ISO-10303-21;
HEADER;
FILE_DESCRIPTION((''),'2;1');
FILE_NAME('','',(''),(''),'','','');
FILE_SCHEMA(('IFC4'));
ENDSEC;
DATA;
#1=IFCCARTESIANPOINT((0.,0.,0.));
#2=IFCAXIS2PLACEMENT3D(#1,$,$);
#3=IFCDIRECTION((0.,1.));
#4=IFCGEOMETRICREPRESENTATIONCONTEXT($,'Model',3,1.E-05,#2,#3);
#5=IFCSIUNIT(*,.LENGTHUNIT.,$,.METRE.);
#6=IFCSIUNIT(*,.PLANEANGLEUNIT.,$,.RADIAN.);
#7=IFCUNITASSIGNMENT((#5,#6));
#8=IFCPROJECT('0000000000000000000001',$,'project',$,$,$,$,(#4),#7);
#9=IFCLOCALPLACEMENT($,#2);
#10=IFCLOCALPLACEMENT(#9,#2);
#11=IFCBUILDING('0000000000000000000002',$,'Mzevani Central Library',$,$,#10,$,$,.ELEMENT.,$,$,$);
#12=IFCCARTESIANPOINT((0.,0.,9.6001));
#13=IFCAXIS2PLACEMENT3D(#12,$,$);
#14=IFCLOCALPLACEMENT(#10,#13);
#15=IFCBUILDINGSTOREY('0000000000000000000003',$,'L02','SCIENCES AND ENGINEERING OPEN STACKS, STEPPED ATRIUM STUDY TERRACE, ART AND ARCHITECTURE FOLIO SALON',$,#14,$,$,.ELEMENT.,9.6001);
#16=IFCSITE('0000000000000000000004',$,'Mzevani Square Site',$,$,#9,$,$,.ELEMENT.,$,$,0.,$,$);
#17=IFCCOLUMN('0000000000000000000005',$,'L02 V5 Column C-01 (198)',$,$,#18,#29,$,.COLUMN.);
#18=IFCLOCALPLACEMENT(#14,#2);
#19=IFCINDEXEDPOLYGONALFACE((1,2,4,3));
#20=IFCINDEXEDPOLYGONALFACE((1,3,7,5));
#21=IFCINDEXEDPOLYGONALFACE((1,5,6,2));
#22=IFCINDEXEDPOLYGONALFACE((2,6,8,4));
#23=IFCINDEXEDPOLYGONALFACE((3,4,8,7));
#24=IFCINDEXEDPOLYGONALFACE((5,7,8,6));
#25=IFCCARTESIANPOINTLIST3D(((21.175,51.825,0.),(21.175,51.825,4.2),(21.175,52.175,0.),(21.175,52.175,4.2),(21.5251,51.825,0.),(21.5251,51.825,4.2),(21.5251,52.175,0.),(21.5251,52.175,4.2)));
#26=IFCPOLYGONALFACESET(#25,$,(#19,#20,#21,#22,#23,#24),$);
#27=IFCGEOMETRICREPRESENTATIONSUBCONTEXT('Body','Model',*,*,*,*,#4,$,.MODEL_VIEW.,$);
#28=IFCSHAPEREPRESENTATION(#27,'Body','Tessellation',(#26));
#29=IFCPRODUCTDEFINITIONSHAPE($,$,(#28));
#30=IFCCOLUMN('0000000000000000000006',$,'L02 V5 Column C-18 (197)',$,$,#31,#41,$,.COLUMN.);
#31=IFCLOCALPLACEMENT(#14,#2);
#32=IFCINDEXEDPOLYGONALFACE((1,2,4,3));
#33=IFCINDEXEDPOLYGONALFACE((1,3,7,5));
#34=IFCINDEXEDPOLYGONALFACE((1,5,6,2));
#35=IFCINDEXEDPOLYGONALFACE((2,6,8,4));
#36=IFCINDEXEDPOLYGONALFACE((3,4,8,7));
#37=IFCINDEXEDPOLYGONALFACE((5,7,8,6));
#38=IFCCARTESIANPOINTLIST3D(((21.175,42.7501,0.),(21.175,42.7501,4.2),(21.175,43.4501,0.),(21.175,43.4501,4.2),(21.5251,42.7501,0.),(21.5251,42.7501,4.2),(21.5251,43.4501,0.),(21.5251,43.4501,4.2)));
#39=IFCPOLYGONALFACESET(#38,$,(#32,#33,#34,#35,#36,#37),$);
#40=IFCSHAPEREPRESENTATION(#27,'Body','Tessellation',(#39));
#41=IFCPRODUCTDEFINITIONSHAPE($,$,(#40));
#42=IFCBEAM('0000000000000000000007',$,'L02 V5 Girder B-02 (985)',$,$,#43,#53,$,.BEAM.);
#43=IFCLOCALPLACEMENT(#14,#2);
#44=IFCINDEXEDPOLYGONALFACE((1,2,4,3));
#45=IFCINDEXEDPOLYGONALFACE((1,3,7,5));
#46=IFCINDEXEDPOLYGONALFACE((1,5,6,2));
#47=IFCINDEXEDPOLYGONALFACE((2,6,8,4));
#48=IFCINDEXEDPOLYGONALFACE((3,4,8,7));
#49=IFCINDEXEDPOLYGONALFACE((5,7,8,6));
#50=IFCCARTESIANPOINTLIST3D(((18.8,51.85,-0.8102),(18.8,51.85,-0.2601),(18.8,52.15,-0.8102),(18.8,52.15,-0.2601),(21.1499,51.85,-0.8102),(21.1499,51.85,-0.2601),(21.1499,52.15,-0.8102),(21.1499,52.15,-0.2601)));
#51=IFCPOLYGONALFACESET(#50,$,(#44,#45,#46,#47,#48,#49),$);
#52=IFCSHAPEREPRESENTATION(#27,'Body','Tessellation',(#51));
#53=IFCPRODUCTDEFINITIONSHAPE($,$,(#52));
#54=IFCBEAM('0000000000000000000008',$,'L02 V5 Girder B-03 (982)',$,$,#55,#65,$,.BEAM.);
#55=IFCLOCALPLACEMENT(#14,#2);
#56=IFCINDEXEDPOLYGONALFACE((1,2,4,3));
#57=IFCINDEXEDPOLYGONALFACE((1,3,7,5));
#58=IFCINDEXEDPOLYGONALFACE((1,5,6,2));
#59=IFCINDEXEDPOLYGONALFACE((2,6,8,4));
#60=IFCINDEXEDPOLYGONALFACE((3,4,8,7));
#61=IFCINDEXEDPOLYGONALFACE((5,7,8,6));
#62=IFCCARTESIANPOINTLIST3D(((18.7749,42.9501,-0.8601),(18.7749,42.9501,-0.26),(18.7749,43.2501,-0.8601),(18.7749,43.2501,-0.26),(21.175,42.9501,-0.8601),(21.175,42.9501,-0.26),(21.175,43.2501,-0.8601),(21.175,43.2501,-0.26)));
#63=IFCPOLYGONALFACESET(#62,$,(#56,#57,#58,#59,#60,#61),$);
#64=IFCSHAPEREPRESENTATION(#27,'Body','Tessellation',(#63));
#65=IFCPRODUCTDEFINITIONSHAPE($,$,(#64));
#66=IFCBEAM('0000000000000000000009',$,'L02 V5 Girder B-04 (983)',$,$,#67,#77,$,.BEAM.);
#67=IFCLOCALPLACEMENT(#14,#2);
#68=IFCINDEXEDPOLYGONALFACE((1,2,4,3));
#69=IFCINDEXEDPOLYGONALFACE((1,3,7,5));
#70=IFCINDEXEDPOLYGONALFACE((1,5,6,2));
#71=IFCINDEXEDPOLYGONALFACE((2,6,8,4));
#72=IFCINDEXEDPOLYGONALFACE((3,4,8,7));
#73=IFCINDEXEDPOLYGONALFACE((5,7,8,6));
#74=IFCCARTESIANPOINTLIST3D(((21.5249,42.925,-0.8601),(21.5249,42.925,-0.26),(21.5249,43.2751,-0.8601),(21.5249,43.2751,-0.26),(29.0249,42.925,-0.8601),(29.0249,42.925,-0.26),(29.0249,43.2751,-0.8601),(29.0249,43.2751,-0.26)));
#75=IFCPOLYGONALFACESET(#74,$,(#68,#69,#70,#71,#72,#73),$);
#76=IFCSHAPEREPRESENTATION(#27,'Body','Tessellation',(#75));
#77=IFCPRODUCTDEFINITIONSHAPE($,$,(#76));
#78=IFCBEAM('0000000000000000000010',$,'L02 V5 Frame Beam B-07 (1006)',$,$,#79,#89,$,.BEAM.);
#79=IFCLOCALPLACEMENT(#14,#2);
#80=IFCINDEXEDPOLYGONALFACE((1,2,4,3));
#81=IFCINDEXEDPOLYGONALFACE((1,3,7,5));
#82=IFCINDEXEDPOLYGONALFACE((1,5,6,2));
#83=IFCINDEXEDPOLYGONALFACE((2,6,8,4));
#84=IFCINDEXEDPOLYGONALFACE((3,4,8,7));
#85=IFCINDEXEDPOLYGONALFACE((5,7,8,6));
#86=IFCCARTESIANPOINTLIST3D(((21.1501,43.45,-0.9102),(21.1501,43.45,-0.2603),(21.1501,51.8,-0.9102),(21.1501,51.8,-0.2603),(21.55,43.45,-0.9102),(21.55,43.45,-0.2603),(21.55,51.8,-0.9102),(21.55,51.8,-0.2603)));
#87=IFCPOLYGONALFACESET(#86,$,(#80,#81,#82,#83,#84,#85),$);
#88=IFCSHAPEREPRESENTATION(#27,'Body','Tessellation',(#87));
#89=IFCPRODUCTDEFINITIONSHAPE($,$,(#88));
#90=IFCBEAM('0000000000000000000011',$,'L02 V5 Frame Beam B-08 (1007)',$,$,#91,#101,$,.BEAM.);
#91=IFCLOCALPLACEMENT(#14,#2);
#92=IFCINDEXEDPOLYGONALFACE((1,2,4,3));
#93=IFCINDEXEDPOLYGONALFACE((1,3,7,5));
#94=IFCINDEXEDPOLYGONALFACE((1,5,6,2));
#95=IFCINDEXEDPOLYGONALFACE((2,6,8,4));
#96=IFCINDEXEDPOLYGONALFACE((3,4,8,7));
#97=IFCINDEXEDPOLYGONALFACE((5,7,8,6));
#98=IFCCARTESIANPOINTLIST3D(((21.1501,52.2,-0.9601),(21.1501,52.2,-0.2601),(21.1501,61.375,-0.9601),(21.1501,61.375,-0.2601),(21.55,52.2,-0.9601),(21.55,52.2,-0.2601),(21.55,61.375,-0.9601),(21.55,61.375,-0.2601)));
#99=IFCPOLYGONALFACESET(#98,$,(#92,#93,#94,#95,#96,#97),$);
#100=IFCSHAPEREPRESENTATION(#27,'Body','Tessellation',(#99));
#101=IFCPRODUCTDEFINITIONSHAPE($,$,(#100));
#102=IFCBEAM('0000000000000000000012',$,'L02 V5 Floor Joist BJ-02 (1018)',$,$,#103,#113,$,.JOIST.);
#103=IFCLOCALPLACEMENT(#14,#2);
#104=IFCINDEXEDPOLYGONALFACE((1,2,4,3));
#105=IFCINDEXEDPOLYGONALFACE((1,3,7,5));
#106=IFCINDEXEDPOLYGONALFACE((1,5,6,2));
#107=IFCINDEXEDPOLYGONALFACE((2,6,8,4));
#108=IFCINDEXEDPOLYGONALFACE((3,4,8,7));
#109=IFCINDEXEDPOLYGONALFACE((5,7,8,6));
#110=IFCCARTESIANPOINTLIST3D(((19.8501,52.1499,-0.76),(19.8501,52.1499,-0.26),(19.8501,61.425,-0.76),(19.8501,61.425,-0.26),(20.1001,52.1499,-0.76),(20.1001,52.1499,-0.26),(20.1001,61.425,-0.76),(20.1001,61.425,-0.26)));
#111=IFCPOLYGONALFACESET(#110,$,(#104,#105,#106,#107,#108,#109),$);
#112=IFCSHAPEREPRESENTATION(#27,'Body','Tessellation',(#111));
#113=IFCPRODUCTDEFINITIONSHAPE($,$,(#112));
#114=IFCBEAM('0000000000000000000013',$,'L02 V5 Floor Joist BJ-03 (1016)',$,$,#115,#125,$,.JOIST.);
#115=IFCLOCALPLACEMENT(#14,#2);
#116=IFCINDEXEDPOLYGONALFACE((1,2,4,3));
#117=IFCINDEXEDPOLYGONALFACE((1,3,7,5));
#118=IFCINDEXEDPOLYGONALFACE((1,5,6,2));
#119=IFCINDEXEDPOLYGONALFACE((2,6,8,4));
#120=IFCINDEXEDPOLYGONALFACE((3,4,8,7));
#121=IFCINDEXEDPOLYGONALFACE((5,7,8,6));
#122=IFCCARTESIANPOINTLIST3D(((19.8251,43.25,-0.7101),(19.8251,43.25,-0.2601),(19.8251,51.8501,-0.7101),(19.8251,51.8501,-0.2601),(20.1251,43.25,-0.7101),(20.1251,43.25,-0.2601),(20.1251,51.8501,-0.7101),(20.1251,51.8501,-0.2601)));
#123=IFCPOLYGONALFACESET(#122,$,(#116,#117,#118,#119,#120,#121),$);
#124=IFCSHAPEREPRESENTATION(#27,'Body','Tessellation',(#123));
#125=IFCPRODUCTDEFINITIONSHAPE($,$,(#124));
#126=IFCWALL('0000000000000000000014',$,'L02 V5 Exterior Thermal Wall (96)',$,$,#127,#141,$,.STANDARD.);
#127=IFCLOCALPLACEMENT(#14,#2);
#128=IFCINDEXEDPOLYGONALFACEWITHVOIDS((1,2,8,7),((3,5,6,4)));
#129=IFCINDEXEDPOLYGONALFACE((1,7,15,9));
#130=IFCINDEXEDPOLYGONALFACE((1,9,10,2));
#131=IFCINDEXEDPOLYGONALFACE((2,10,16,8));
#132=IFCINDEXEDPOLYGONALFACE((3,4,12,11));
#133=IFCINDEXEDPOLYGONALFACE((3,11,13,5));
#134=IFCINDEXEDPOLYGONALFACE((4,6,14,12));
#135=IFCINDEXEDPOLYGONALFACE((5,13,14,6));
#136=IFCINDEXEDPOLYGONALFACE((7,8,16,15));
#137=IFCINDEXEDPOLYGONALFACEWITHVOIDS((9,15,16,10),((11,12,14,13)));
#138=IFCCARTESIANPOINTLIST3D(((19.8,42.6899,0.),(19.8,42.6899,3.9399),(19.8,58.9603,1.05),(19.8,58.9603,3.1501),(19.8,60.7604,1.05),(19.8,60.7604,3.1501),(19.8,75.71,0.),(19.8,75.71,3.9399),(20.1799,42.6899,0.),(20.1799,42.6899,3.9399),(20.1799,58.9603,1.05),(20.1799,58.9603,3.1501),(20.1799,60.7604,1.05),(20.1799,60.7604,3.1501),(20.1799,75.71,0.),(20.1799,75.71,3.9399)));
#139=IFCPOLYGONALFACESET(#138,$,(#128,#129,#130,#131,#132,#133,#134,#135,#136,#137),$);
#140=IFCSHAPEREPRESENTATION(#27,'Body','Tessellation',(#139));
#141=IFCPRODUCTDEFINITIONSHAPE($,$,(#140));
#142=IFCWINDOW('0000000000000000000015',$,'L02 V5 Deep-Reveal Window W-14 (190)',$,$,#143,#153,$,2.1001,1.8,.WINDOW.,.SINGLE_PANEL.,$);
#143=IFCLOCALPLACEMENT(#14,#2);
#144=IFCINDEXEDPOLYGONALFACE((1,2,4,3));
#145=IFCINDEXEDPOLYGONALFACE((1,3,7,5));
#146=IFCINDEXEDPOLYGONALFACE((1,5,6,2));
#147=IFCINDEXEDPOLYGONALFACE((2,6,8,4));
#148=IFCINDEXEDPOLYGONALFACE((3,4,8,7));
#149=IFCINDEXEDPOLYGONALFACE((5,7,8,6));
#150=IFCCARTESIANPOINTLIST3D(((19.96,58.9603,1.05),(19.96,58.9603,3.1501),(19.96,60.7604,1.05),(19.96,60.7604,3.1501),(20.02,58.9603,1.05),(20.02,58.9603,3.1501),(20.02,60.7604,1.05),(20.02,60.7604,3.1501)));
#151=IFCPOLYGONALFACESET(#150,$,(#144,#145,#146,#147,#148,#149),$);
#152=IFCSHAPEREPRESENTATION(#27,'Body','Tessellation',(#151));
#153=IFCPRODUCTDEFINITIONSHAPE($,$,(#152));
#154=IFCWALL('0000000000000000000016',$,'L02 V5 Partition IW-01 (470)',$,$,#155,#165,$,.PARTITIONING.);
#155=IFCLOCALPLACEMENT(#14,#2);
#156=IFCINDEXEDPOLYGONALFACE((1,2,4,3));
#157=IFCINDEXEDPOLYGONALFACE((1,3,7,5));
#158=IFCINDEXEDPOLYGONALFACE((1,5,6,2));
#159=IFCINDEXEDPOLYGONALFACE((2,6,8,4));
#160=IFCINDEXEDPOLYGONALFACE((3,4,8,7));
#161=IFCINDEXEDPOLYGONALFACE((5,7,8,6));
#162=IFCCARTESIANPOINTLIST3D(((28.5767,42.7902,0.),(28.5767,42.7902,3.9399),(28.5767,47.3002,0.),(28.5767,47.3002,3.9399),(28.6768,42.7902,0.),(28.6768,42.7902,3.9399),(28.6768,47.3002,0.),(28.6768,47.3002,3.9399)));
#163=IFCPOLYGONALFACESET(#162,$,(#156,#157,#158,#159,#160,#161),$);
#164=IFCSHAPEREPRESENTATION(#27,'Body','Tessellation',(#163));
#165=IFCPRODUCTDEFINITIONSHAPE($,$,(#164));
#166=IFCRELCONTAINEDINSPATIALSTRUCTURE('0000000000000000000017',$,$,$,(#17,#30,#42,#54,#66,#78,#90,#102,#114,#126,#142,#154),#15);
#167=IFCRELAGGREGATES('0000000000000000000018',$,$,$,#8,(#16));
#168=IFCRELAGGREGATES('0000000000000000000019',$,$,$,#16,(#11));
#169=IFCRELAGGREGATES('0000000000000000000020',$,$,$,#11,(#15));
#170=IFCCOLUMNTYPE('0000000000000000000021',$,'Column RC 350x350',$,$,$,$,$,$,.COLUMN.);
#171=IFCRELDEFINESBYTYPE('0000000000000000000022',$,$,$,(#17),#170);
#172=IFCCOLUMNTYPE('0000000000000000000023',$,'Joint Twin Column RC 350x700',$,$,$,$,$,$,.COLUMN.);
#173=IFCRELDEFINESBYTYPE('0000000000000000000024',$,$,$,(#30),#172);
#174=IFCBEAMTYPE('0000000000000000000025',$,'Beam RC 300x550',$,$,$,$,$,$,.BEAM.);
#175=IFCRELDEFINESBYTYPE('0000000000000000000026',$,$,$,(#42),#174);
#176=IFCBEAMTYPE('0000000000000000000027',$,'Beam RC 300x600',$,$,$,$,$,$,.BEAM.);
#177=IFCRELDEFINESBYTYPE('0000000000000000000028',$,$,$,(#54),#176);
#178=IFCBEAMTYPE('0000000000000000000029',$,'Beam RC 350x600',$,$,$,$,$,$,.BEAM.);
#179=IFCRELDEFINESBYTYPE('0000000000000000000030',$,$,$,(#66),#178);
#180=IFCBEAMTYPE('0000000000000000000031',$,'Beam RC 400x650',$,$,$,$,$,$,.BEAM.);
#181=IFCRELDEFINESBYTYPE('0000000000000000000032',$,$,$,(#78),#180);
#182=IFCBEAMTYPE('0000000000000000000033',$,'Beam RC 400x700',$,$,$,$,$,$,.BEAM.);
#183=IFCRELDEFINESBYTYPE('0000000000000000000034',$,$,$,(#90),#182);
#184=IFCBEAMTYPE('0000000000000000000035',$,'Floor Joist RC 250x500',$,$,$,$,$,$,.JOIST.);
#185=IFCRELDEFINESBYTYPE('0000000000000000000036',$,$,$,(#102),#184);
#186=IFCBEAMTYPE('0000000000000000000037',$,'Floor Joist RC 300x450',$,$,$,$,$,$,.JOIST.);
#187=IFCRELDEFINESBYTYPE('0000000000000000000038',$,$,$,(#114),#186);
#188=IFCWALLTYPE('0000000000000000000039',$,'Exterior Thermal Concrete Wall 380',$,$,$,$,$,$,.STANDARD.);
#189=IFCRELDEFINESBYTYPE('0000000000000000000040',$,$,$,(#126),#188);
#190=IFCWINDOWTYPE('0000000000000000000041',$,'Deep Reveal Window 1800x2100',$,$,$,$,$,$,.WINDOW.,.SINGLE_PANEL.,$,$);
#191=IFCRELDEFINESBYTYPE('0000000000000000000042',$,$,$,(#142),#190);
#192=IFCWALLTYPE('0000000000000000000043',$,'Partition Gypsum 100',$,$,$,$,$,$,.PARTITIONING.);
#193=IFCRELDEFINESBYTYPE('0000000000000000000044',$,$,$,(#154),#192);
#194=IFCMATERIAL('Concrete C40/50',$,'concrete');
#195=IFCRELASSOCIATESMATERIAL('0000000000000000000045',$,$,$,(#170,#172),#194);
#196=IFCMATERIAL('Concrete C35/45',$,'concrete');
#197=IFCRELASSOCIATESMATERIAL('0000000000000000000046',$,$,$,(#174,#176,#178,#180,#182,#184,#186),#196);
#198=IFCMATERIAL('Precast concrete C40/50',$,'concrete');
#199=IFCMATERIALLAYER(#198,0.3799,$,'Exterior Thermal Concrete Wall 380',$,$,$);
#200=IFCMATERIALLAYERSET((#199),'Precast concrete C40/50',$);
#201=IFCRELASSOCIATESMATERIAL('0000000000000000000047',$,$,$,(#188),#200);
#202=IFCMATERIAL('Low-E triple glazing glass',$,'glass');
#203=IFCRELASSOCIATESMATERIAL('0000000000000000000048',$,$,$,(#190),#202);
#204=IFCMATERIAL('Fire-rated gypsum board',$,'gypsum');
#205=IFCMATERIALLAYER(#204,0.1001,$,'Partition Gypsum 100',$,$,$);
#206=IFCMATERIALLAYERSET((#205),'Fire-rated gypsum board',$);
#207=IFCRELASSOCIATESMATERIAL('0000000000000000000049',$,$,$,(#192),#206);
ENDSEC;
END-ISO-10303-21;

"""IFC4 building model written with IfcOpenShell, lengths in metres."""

from ifc_helpers import new_model, si_unit, direction, frame, frame_2d, origin, origin_2d, place, context, subcontext, project, spatial, rectangle, extrude, material, layer, layer_set, material_profile, profile_set, type_object, element, fill, save


model = new_model("IFC4")

# Units and contexts
model_context = context("Model", 3, precision=1e-05, world=origin(), true_north=direction((0.0, 1.0)))
body_context = subcontext(model_context, "Body", "Model", "MODEL_VIEW")
ifc_project = project(units=[si_unit("LENGTHUNIT", "METRE"), si_unit("PLANEANGLEUNIT", "RADIAN")], contexts=[model_context])

# Site, building, storey
site_placement = place(None, origin())
site = spatial("IfcSite", under=ifc_project, at=site_placement, Name="Mzevani Square Site", CompositionType="ELEMENT", RefElevation=0.0)
building_placement = place(site_placement, origin())
building = spatial("IfcBuilding", under=site, at=building_placement, Name="Mzevani Central Library", CompositionType="ELEMENT")
storey_placement = place(building_placement, frame((0.0, 0.0, 9.6001)))
storey = spatial("IfcBuildingStorey", under=building, at=storey_placement, Name="L02", Description="SCIENCES AND ENGINEERING OPEN STACKS, STEPPED ATRIUM STUDY TERRACE, ART AND ARCHITECTURE FOLIO SALON", CompositionType="ELEMENT", Elevation=9.6001)

# Columns
ifc_material_1 = material(Name="Concrete C40/50", Category="concrete")
ifc_material_profile_1 = material_profile(ifc_material_1, rectangle(XDim=0.3501, YDim=0.3501, at=origin_2d()), Name="RC 350x350")
ifc_profile_set_1 = profile_set([ifc_material_profile_1], Name="Concrete C40/50")
column_type_1 = type_object("IfcColumnType", Name="Column RC 350x350", PredefinedType="COLUMN", material=ifc_profile_set_1)
column_1_placement = place(storey_placement, frame((21.3501, 52.0, 0.0), z_axis=(0.0, 0.0, 1.0), x_axis=(1.0, 0.0, 0.0)))
element("IfcColumn", 1, at=column_1_placement, inside=storey, type_object=column_type_1, Name="L02 V5 Column C-01 (198)", PredefinedType="COLUMN", context=body_context, shape_type="SweptSolid", body=[
    extrude(rectangle(XDim=0.3501, YDim=0.3501, at=origin_2d()), origin(), (0.0, 0.0, 1.0), 4.2),
])
ifc_material_profile_2 = material_profile(ifc_material_1, rectangle(XDim=0.3501, YDim=0.7, at=origin_2d()), Name="RC 350x700")
ifc_profile_set_2 = profile_set([ifc_material_profile_2], Name="Concrete C40/50")
column_type_2 = type_object("IfcColumnType", Name="Joint Twin Column RC 350x700", PredefinedType="COLUMN", material=ifc_profile_set_2)
column_2_placement = place(storey_placement, frame((21.3501, 43.1001, 0.0), z_axis=(0.0, 0.0, 1.0), x_axis=(1.0, 0.0, 0.0)))
element("IfcColumn", 2, at=column_2_placement, inside=storey, type_object=column_type_2, Name="L02 V5 Column C-18 (197)", PredefinedType="COLUMN", context=body_context, shape_type="SweptSolid", body=[
    extrude(rectangle(XDim=0.3501, YDim=0.7, at=origin_2d()), origin(), (0.0, 0.0, 1.0), 4.2),
])

# Beams
ifc_material_2 = material(Name="Concrete C35/45", Category="concrete")
ifc_material_profile_3 = material_profile(ifc_material_2, rectangle(XDim=0.3, YDim=0.55, at=origin_2d()), Name="RC B300x550")
ifc_profile_set_3 = profile_set([ifc_material_profile_3], Name="Concrete C35/45")
beam_type_1 = type_object("IfcBeamType", Name="Beam RC 300x550", PredefinedType="BEAM", material=ifc_profile_set_3)
beam_1_placement = place(storey_placement, frame((18.8, 52.0, -0.5352), z_axis=(1.0, 0.0, 0.0), x_axis=(0.0, 1.0, 0.0)))
element("IfcBeam", 3, at=beam_1_placement, inside=storey, type_object=beam_type_1, Name="L02 V5 Girder B-02 (985)", PredefinedType="BEAM", context=body_context, shape_type="SweptSolid", body=[
    extrude(rectangle(XDim=0.3, YDim=0.55, at=origin_2d()), origin(), (0.0, 0.0, 1.0), 2.3499),
])
ifc_material_profile_4 = material_profile(ifc_material_2, rectangle(XDim=0.3, YDim=0.6001, at=origin_2d()), Name="RC B300x600")
ifc_profile_set_4 = profile_set([ifc_material_profile_4], Name="Concrete C35/45")
beam_type_2 = type_object("IfcBeamType", Name="Beam RC 300x600", PredefinedType="BEAM", material=ifc_profile_set_4)
beam_2_placement = place(storey_placement, frame((18.7749, 43.1001, -0.5601), z_axis=(1.0, 0.0, 0.0), x_axis=(0.0, 1.0, 0.0)))
element("IfcBeam", 4, at=beam_2_placement, inside=storey, type_object=beam_type_2, Name="L02 V5 Girder B-03 (982)", PredefinedType="BEAM", context=body_context, shape_type="SweptSolid", body=[
    extrude(rectangle(XDim=0.3, YDim=0.6001, at=origin_2d()), origin(), (0.0, 0.0, 1.0), 2.4001),
])
ifc_material_profile_5 = material_profile(ifc_material_2, rectangle(XDim=0.3501, YDim=0.6001, at=origin_2d()), Name="RC B350x600")
ifc_profile_set_5 = profile_set([ifc_material_profile_5], Name="Concrete C35/45")
beam_type_3 = type_object("IfcBeamType", Name="Beam RC 350x600", PredefinedType="BEAM", material=ifc_profile_set_5)
beam_3_placement = place(storey_placement, frame((21.5249, 43.1001, -0.5601), z_axis=(1.0, 0.0, 0.0), x_axis=(0.0, 1.0, 0.0)))
element("IfcBeam", 5, at=beam_3_placement, inside=storey, type_object=beam_type_3, Name="L02 V5 Girder B-04 (983)", PredefinedType="BEAM", context=body_context, shape_type="SweptSolid", body=[
    extrude(rectangle(XDim=0.3501, YDim=0.6001, at=origin_2d()), origin(), (0.0, 0.0, 1.0), 7.5),
])
ifc_material_profile_6 = material_profile(ifc_material_2, rectangle(XDim=0.3999, YDim=0.6499, at=origin_2d()), Name="RC B400x650")
ifc_profile_set_6 = profile_set([ifc_material_profile_6], Name="Concrete C35/45")
beam_type_4 = type_object("IfcBeamType", Name="Beam RC 400x650", PredefinedType="BEAM", material=ifc_profile_set_6)
beam_4_placement = place(storey_placement, frame((21.3501, 43.45, -0.5852), z_axis=(0.0, 1.0, 0.0), x_axis=(-1.0, 0.0, 0.0)))
element("IfcBeam", 6, at=beam_4_placement, inside=storey, type_object=beam_type_4, Name="L02 V5 Frame Beam B-07 (1006)", PredefinedType="BEAM", context=body_context, shape_type="SweptSolid", body=[
    extrude(rectangle(XDim=0.3999, YDim=0.6499, at=origin_2d()), origin(), (0.0, 0.0, 1.0), 8.3501),
])
ifc_material_profile_7 = material_profile(ifc_material_2, rectangle(XDim=0.3999, YDim=0.7, at=origin_2d()), Name="RC B400x700")
ifc_profile_set_7 = profile_set([ifc_material_profile_7], Name="Concrete C35/45")
beam_type_5 = type_object("IfcBeamType", Name="Beam RC 400x700", PredefinedType="BEAM", material=ifc_profile_set_7)
beam_5_placement = place(storey_placement, frame((21.3501, 52.2, -0.6101), z_axis=(0.0, 1.0, 0.0), x_axis=(-1.0, 0.0, 0.0)))
element("IfcBeam", 7, at=beam_5_placement, inside=storey, type_object=beam_type_5, Name="L02 V5 Frame Beam B-08 (1007)", PredefinedType="BEAM", context=body_context, shape_type="SweptSolid", body=[
    extrude(rectangle(XDim=0.3999, YDim=0.7, at=origin_2d()), origin(), (0.0, 0.0, 1.0), 9.175),
])
ifc_material_profile_8 = material_profile(ifc_material_2, rectangle(XDim=0.25, YDim=0.5, at=origin_2d()), Name="RC J250x500")
ifc_profile_set_8 = profile_set([ifc_material_profile_8], Name="Concrete C35/45")
beam_type_6 = type_object("IfcBeamType", Name="Floor Joist RC 250x500", PredefinedType="JOIST", material=ifc_profile_set_8)
beam_6_placement = place(storey_placement, frame((19.9751, 52.1499, -0.51), z_axis=(0.0, 1.0, 0.0), x_axis=(-1.0, 0.0, 0.0)))
element("IfcBeam", 8, at=beam_6_placement, inside=storey, type_object=beam_type_6, Name="L02 V5 Floor Joist BJ-02 (1018)", PredefinedType="JOIST", context=body_context, shape_type="SweptSolid", body=[
    extrude(rectangle(XDim=0.25, YDim=0.5, at=origin_2d()), origin(), (0.0, 0.0, 1.0), 9.2751),
])
ifc_material_profile_9 = material_profile(ifc_material_2, rectangle(XDim=0.3, YDim=0.45, at=origin_2d()), Name="RC J300x450")
ifc_profile_set_9 = profile_set([ifc_material_profile_9], Name="Concrete C35/45")
beam_type_7 = type_object("IfcBeamType", Name="Floor Joist RC 300x450", PredefinedType="JOIST", material=ifc_profile_set_9)
beam_7_placement = place(storey_placement, frame((19.9751, 43.25, -0.4851), z_axis=(0.0, 1.0, 0.0), x_axis=(-1.0, 0.0, 0.0)))
element("IfcBeam", 9, at=beam_7_placement, inside=storey, type_object=beam_type_7, Name="L02 V5 Floor Joist BJ-03 (1016)", PredefinedType="JOIST", context=body_context, shape_type="SweptSolid", body=[
    extrude(rectangle(XDim=0.3, YDim=0.45, at=origin_2d()), origin(), (0.0, 0.0, 1.0), 8.6001),
])

# Wall, opening, window
ifc_material_3 = material(Name="Precast concrete C40/50", Category="concrete")
ifc_layer_1 = layer(ifc_material_3, 0.3799, Name="Exterior Thermal Concrete Wall 380")
ifc_layer_set_1 = layer_set([ifc_layer_1], Name="Precast concrete C40/50")
wall_type_1 = type_object("IfcWallType", Name="Exterior Thermal Concrete Wall 380", PredefinedType="STANDARD", material=ifc_layer_set_1)
wall_1_placement = place(storey_placement, frame((19.99, 42.6899, 0.0), z_axis=(0.0, 0.0, 1.0), x_axis=(0.0, 1.0, 0.0)))
wall_1 = element("IfcWall", 10, at=wall_1_placement, inside=storey, type_object=wall_type_1, Name="L02 V5 Exterior Thermal Wall (96)", PredefinedType="STANDARD", context=body_context, shape_type="SweptSolid", body=[
    extrude(rectangle(XDim=33.02, YDim=0.3799, at=frame_2d((16.51, 0.0))), origin(), (0.0, 0.0, 1.0), 3.9399),
])
opening_placement = place(wall_1_placement, frame((16.2705, 0.0, 1.05)))
opening = element("IfcOpeningElement", 11, at=opening_placement, cuts=wall_1, PredefinedType="OPENING", context=body_context, shape_type="SweptSolid", body=[
    extrude(rectangle(XDim=1.8, YDim=2.1001, at=frame_2d((0.8999, 1.05))), frame((0.0, 0.2, 0.0), z_axis=(0.0, -1.0, 0.0), x_axis=(1.0, 0.0, 0.0)), (0.0, 0.0, 1.0), 0.3999),
])
ifc_material_4 = material(Name="Low-E triple glazing glass", Category="glass")
window_type = type_object("IfcWindowType", Name="Deep Reveal Window 1800x2100", PartitioningType="SINGLE_PANEL", PredefinedType="WINDOW", material=ifc_material_4)
window_placement = place(opening_placement, origin())
window = element("IfcWindow", 12, at=window_placement, inside=storey, type_object=window_type, Name="L02 V5 Deep-Reveal Window W-14 (190)", OverallHeight=2.1001, OverallWidth=1.8, PartitioningType="SINGLE_PANEL", PredefinedType="WINDOW", context=body_context, shape_type="SweptSolid", body=[
    extrude(rectangle(XDim=1.8, YDim=2.1001, at=frame_2d((0.8999, 1.05))), frame((0.0, 0.03, 0.0), z_axis=(0.0, -1.0, 0.0), x_axis=(1.0, 0.0, 0.0)), (0.0, 0.0, 1.0), 0.0601),
])
fill(opening, window)

# Wall
ifc_material_5 = material(Name="Fire-rated gypsum board", Category="gypsum")
ifc_layer_2 = layer(ifc_material_5, 0.1001, Name="Partition Gypsum 100")
ifc_layer_set_2 = layer_set([ifc_layer_2], Name="Fire-rated gypsum board")
wall_type_2 = type_object("IfcWallType", Name="Partition Gypsum 100", PredefinedType="PARTITIONING", material=ifc_layer_set_2)
wall_2_placement = place(storey_placement, frame((28.6267, 47.3, 0.0), z_axis=(0.0, 0.0, 1.0), x_axis=(0.0, -1.0, 0.0)))
element("IfcWall", 13, at=wall_2_placement, inside=storey, type_object=wall_type_2, Name="L02 V5 Partition IW-01 (470)", PredefinedType="PARTITIONING", context=body_context, shape_type="SweptSolid", body=[
    extrude(rectangle(XDim=4.51, YDim=0.1001, at=frame_2d((2.2549, 0.0))), origin(), (0.0, 0.0, 1.0), 3.9399),
])

save(model, "model.ifc")
